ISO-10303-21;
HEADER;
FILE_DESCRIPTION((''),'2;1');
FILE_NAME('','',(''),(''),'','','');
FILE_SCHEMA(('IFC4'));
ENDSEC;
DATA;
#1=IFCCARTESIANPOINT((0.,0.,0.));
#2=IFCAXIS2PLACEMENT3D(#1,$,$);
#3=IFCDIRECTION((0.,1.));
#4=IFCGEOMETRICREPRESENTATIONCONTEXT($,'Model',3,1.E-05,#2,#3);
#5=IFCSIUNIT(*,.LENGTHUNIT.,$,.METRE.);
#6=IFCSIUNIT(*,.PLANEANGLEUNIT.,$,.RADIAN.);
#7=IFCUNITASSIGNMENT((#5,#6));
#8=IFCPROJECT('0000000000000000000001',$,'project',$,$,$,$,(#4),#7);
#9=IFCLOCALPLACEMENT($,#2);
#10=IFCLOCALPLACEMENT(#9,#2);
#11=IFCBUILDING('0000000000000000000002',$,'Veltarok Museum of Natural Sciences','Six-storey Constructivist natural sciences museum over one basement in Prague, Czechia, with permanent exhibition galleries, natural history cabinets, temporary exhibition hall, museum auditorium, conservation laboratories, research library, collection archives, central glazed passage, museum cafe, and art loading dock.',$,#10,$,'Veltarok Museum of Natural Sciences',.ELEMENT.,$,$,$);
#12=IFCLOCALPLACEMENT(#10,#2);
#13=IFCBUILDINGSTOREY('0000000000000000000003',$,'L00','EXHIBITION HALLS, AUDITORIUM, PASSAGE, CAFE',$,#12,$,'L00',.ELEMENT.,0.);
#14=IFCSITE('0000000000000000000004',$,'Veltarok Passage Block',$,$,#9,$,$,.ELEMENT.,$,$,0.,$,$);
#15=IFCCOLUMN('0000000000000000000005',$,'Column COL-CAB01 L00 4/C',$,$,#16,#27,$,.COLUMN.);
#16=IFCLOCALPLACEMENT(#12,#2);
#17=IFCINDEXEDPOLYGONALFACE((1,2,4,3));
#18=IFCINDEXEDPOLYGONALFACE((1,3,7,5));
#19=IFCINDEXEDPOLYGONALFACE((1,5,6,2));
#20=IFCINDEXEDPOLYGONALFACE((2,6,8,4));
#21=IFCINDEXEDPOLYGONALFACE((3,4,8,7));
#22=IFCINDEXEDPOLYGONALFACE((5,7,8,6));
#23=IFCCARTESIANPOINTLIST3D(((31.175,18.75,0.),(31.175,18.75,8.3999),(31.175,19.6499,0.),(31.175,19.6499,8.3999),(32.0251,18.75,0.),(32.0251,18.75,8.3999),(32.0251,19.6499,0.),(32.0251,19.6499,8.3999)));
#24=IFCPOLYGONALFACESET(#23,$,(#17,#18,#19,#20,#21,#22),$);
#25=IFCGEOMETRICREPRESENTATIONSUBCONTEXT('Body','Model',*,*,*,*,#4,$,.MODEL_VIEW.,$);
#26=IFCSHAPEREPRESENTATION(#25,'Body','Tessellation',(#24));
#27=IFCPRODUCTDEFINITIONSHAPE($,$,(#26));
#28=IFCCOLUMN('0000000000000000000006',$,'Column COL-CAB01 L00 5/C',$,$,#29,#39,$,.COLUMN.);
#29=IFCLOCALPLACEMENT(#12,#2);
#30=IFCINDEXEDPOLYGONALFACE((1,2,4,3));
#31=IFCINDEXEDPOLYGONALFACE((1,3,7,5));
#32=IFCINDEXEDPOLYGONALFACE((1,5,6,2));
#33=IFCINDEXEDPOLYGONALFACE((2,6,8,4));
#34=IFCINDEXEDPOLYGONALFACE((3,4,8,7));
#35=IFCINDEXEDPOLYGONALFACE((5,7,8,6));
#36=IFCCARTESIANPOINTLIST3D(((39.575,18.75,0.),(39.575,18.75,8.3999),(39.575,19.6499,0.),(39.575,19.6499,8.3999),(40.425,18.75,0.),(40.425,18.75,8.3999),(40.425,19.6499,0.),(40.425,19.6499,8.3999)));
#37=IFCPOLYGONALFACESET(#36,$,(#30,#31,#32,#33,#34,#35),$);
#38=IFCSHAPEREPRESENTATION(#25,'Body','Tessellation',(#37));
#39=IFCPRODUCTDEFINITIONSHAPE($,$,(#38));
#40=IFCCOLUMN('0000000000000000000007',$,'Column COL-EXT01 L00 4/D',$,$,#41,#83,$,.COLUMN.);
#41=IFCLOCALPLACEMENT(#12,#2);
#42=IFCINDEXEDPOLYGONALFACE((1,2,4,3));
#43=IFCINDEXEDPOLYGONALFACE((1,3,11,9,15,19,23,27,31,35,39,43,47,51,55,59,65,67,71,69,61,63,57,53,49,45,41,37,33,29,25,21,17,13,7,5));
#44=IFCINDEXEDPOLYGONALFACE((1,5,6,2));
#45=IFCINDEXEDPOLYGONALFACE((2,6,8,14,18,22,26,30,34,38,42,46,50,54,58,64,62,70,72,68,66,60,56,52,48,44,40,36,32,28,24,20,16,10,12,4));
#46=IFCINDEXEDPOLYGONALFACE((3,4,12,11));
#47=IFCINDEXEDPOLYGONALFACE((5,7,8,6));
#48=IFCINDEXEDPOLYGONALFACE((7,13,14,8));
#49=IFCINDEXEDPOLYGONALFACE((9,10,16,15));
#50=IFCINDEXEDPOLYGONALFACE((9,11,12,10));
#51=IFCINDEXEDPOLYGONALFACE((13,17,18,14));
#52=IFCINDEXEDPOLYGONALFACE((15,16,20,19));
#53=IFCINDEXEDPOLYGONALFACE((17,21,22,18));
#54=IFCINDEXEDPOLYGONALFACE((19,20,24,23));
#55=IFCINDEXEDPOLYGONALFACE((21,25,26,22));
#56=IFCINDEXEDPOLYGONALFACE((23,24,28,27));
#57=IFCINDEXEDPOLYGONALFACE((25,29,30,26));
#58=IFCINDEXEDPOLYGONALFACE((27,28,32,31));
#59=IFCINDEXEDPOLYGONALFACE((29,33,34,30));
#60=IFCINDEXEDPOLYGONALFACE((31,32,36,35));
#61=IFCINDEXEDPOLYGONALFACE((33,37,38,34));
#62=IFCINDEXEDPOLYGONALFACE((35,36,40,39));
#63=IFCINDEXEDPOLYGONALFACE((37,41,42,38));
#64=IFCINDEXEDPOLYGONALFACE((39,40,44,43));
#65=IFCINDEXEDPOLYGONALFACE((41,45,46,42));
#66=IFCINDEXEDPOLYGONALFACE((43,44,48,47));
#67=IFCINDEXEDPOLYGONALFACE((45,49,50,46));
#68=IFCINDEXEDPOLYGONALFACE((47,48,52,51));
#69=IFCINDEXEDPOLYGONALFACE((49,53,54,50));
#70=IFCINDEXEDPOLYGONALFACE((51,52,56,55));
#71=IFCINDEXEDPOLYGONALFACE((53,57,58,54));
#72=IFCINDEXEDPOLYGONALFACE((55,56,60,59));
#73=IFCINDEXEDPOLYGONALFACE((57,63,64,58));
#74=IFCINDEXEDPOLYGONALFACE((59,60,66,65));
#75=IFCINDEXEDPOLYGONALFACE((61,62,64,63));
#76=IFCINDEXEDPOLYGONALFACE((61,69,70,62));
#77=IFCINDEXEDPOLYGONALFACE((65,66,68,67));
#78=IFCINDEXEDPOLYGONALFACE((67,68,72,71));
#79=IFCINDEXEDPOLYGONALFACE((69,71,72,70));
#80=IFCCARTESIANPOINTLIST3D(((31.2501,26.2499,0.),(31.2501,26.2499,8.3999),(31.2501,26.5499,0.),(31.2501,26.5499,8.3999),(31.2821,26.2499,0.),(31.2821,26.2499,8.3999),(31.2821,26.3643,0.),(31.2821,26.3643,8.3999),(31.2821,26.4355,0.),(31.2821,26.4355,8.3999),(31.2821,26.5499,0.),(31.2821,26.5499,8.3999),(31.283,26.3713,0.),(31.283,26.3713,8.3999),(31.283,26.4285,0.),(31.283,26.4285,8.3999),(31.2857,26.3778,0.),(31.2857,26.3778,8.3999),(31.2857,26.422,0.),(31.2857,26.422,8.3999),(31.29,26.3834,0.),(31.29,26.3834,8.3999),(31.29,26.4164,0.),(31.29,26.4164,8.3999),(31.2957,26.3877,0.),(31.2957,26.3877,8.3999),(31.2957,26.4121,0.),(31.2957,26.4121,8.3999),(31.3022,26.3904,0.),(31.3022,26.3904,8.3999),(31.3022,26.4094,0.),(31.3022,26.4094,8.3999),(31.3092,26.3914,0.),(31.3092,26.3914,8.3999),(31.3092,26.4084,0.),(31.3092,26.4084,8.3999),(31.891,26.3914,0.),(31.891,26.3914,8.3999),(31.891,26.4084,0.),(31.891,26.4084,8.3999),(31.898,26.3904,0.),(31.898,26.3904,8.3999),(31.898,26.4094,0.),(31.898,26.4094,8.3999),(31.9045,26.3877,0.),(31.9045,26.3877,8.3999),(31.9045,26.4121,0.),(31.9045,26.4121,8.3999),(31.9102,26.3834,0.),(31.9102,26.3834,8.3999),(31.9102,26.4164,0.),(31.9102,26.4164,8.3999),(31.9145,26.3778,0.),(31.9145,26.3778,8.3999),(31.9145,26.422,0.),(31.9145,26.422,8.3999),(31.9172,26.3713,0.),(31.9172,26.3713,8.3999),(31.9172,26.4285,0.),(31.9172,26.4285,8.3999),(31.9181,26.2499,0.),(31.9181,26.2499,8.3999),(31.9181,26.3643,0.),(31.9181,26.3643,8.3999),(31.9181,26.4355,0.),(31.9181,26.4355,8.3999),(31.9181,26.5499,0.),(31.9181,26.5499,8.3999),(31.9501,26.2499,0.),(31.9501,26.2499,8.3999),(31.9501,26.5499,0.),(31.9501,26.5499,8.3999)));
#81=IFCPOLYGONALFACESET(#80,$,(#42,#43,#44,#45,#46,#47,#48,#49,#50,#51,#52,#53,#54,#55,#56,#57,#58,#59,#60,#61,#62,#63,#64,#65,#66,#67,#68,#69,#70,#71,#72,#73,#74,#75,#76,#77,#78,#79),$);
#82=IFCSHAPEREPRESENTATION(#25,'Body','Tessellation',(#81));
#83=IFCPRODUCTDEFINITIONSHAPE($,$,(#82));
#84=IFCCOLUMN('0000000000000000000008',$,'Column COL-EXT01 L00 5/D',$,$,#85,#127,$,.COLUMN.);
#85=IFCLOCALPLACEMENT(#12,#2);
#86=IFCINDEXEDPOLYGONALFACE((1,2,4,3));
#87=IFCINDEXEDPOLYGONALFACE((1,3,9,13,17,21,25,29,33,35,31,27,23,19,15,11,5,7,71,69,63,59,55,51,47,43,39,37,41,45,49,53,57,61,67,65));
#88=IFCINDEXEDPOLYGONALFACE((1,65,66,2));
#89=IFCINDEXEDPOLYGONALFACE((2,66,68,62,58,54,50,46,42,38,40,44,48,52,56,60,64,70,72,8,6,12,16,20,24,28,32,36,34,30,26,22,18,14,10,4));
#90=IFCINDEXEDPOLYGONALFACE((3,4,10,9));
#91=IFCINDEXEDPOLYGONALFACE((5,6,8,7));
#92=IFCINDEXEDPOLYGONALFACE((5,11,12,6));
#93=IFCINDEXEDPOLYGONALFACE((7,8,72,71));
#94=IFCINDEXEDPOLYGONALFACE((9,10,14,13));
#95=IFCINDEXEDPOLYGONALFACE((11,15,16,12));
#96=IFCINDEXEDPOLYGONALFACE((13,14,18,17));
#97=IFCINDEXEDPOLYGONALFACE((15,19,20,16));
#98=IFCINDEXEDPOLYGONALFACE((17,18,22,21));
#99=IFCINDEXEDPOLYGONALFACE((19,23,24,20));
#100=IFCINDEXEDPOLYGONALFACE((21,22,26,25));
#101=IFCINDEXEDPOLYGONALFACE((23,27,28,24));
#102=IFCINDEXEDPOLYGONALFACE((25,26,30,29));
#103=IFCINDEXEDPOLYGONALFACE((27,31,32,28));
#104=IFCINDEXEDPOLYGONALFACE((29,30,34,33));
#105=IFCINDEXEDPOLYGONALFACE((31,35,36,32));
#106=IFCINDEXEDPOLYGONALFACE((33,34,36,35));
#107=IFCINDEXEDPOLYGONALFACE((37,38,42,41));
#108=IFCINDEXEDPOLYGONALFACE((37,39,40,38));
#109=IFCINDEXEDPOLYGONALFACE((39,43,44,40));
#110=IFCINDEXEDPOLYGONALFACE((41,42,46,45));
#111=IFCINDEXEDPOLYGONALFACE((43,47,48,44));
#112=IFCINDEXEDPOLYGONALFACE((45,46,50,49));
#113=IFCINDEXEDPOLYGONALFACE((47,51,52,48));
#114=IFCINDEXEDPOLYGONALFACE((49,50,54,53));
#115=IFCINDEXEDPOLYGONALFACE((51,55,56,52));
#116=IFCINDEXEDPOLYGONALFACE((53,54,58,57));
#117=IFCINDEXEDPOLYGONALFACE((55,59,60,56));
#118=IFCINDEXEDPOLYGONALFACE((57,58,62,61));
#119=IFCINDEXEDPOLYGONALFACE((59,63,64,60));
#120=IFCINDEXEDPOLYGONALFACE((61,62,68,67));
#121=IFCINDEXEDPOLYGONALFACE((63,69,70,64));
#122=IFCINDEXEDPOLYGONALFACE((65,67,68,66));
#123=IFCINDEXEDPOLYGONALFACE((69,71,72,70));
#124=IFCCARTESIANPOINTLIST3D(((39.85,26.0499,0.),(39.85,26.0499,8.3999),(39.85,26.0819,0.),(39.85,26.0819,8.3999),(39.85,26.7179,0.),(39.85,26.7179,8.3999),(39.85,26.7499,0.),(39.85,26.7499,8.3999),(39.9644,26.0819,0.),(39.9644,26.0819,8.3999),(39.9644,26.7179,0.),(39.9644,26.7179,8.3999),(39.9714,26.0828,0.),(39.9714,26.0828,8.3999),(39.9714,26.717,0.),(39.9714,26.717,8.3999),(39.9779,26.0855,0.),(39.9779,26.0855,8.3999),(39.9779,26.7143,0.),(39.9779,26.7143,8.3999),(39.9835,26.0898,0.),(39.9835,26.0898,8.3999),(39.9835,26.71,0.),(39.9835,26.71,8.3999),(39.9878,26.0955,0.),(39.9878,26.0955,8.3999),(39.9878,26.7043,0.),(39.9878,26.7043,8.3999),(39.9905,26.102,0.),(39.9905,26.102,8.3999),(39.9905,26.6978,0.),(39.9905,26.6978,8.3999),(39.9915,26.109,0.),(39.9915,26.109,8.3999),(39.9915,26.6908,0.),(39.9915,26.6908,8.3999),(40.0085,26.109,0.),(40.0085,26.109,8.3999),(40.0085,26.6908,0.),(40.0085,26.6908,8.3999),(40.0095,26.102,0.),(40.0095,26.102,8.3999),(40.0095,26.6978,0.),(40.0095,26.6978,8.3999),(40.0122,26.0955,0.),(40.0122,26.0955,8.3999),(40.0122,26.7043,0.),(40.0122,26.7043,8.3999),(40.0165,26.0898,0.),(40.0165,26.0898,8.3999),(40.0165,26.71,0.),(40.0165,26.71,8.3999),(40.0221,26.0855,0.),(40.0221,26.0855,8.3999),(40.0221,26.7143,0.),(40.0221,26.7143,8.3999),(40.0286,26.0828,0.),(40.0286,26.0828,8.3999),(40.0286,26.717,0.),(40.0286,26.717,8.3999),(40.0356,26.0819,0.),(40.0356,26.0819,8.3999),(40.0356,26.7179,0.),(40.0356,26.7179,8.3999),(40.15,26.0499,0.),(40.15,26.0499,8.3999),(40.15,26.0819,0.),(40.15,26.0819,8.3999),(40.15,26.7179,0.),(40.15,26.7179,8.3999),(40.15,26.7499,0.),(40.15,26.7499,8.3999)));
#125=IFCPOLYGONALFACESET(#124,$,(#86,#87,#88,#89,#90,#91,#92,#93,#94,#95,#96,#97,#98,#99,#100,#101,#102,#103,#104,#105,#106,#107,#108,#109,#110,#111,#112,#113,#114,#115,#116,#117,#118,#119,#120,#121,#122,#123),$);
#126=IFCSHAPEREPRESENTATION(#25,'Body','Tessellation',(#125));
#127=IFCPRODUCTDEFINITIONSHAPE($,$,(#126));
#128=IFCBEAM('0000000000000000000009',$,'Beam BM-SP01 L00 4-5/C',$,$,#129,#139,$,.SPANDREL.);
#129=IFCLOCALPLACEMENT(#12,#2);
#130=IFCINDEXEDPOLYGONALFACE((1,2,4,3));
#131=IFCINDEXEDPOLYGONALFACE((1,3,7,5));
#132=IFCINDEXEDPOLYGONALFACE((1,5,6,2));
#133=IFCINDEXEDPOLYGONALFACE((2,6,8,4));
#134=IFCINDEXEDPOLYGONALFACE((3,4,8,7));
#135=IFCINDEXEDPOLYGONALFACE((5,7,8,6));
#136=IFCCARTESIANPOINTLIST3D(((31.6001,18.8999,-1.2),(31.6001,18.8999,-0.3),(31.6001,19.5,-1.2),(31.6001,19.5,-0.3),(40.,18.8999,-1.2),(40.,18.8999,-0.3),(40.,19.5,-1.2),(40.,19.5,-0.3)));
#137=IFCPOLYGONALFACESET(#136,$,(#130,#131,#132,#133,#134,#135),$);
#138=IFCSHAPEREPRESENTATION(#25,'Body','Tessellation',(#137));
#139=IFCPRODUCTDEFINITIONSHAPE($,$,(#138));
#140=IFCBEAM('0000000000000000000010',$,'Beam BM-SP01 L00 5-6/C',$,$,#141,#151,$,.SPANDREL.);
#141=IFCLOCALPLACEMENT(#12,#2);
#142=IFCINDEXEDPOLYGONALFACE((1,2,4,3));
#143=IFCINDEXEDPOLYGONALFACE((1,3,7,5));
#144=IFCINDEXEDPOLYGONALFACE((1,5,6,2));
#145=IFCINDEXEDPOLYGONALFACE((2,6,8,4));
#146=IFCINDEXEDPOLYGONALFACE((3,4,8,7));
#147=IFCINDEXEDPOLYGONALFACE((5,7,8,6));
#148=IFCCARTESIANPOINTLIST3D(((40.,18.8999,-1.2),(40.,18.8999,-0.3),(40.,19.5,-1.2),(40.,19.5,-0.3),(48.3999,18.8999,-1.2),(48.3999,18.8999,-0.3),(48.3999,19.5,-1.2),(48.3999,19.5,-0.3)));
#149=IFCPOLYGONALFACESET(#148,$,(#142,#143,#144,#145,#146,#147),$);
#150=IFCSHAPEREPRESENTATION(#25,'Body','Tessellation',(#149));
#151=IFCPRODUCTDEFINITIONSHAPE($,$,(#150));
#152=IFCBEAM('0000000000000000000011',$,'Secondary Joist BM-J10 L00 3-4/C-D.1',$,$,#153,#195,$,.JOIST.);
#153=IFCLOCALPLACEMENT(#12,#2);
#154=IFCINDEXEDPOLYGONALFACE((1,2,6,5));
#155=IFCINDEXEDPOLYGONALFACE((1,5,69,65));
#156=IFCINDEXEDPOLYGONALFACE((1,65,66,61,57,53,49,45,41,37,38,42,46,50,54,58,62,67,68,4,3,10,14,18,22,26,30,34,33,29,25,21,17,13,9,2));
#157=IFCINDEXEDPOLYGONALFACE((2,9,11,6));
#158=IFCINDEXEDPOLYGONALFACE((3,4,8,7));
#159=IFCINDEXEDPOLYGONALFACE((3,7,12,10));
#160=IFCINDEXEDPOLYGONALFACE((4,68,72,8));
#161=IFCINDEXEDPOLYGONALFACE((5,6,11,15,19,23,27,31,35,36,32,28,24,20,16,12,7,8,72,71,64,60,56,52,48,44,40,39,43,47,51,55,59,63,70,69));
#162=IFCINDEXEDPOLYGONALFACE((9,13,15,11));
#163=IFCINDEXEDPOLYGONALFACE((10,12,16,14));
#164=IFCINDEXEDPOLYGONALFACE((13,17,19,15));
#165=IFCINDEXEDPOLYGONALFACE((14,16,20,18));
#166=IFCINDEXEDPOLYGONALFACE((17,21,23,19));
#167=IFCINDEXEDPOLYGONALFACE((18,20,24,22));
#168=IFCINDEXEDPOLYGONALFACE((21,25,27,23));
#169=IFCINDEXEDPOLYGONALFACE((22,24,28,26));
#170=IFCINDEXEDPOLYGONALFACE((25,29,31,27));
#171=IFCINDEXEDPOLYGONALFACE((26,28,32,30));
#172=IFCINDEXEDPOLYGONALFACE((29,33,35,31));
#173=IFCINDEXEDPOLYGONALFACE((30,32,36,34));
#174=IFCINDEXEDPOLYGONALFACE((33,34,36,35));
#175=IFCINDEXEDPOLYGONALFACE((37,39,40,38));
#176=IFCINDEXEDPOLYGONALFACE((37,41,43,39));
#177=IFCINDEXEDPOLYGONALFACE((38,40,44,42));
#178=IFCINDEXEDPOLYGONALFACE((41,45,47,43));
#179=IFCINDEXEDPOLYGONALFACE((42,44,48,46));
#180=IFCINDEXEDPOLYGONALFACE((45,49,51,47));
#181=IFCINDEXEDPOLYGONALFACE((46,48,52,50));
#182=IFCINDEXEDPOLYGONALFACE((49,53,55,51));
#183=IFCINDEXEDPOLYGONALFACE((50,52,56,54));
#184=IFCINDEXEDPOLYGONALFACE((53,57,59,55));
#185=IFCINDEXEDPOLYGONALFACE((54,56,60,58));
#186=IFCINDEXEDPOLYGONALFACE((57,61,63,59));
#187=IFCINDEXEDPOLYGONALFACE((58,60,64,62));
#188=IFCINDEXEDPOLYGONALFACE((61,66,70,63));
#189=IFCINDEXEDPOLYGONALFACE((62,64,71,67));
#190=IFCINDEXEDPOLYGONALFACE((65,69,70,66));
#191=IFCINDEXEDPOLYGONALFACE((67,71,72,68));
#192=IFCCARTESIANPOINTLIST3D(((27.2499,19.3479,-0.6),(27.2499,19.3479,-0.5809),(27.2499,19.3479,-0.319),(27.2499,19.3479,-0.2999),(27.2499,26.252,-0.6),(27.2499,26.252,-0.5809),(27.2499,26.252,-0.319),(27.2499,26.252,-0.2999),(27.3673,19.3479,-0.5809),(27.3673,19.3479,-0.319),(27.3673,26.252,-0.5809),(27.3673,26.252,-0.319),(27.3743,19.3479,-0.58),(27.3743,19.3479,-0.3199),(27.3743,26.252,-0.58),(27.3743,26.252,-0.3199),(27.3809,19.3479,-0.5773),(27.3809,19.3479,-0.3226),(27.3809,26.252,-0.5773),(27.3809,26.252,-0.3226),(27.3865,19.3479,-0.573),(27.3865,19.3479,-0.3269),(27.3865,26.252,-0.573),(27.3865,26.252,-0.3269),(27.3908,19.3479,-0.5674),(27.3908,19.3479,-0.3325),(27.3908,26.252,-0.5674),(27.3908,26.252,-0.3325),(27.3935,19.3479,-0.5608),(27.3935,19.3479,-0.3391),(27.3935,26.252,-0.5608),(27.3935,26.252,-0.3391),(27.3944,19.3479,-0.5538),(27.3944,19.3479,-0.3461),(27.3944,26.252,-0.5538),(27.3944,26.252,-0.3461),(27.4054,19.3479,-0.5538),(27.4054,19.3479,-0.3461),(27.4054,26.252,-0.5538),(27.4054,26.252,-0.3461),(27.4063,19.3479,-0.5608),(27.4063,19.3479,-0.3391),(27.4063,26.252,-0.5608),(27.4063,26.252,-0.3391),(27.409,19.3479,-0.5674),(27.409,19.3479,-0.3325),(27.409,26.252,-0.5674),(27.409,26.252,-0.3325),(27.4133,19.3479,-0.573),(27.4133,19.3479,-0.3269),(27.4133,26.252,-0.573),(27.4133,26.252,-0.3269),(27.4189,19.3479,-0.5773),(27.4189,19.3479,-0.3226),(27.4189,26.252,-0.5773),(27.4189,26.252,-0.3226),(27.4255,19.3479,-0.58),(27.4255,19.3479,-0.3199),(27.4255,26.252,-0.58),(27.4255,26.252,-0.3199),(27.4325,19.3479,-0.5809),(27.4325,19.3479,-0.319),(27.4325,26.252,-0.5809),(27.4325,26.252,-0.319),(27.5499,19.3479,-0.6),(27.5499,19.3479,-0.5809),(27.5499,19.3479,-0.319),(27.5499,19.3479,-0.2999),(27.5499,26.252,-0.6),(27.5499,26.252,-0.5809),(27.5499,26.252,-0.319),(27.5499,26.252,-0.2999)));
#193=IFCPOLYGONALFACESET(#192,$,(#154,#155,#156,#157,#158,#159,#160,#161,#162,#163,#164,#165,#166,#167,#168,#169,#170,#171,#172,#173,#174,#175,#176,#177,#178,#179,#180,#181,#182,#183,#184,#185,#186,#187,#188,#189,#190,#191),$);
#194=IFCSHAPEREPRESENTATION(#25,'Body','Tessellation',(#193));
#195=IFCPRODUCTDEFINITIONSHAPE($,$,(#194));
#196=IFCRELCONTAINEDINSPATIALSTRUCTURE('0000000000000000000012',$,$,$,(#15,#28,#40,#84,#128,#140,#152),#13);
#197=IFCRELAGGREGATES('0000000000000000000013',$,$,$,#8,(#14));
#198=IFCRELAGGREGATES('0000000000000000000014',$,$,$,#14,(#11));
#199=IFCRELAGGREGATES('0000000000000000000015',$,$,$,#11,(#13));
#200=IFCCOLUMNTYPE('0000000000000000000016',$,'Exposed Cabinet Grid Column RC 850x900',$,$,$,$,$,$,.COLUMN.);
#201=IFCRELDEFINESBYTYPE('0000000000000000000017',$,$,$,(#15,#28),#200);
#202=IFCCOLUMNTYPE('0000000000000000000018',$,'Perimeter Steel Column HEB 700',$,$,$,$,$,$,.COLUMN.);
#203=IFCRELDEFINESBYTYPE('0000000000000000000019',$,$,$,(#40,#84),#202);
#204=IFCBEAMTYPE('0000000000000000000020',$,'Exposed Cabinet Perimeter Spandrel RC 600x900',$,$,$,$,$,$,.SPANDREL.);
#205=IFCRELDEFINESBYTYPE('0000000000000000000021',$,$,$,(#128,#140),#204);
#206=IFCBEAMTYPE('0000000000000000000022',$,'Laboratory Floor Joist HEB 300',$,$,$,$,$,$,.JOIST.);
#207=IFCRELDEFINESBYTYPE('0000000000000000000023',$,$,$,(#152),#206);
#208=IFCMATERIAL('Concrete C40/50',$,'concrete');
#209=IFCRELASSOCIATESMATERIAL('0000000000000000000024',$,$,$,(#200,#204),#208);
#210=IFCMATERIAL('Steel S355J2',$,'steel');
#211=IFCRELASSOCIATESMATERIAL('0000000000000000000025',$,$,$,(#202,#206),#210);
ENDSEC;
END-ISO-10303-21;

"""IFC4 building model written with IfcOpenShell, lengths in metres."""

from ifc_helpers import new_model, si_unit, direction, frame, origin, origin_2d, place, context, subcontext, project, spatial, rectangle, i_section, extrude, material, material_profile, profile_set, type_object, element, save


model = new_model("IFC4")

# Units and contexts
model_context = context("Model", 3, precision=1e-05, world=origin(), true_north=direction((0.0, 1.0)))
body_context = subcontext(model_context, "Body", "Model", "MODEL_VIEW")
ifc_project = project(units=[si_unit("LENGTHUNIT", "METRE"), si_unit("PLANEANGLEUNIT", "RADIAN")], contexts=[model_context])

# Site, building, storey
site_placement = place(None, origin())
site = spatial("IfcSite", under=ifc_project, at=site_placement, Name="Veltarok Passage Block", CompositionType="ELEMENT", RefElevation=0.0)
building_placement = place(site_placement, origin())
building = spatial("IfcBuilding", under=site, at=building_placement, Name="Veltarok Museum of Natural Sciences", Description="Six-storey Constructivist natural sciences museum over one basement in Prague, Czechia, with permanent exhibition galleries, natural history cabinets, temporary exhibition hall, museum auditorium, conservation laboratories, research library, collection archives, central glazed passage, museum cafe, and art loading dock.", LongName="Veltarok Museum of Natural Sciences", CompositionType="ELEMENT")
storey_placement = place(building_placement, origin())
storey = spatial("IfcBuildingStorey", under=building, at=storey_placement, Name="L00", Description="EXHIBITION HALLS, AUDITORIUM, PASSAGE, CAFE", LongName="L00", CompositionType="ELEMENT", Elevation=0.0)

# Columns
ifc_material_1 = material(Name="Concrete C40/50", Category="concrete")
ifc_material_profile_1 = material_profile(ifc_material_1, rectangle(XDim=0.8501, YDim=0.8999, at=origin_2d()), Name="RC 850x900")
ifc_profile_set_1 = profile_set([ifc_material_profile_1], Name="Concrete C40/50")
column_type_1 = type_object("IfcColumnType", Name="Exposed Cabinet Grid Column RC 850x900", PredefinedType="COLUMN", material=ifc_profile_set_1)
for number, where, z_axis, x_axis, name in (
    (1, (31.6001, 19.2, 0.0), (0.0, 0.0, 1.0), (1.0, 0.0, 0.0), "Column COL-CAB01 L00 4/C"),
    (2, (40.0, 19.2, 0.0), (0.0, 0.0, 1.0), (1.0, 0.0, 0.0), "Column COL-CAB01 L00 5/C"),
):
    element("IfcColumn", number, at=place(storey_placement, frame(where, z_axis=z_axis, x_axis=x_axis)), inside=storey, type_object=column_type_1, Name=name, PredefinedType="COLUMN", context=body_context, shape_type="SweptSolid", body=[
        extrude(rectangle(XDim=0.8501, YDim=0.8999, at=origin_2d()), origin(), (0.0, 0.0, 1.0), 8.3999),
    ])
ifc_material_2 = material(Name="Steel S355J2", Category="steel")
ifc_material_profile_2 = material_profile(ifc_material_2, i_section(OverallWidth=0.3, OverallDepth=0.7, WebThickness=0.0171, FlangeThickness=0.032, FilletRadius=0.0271, at=origin_2d()), Name="HEB 700")
ifc_profile_set_2 = profile_set([ifc_material_profile_2], Name="Steel S355J2")
column_type_2 = type_object("IfcColumnType", Name="Perimeter Steel Column HEB 700", PredefinedType="COLUMN", material=ifc_profile_set_2)
for number, where, z_axis, x_axis, name in (
    (3, (31.6001, 26.3999, 0.0), (0.0, 0.0, 1.0), (0.0, 1.0, 0.0), "Column COL-EXT01 L00 4/D"),
    (4, (40.0, 26.3999, 0.0), (0.0, 0.0, 1.0), (1.0, 0.0, 0.0), "Column COL-EXT01 L00 5/D"),
):
    element("IfcColumn", number, at=place(storey_placement, frame(where, z_axis=z_axis, x_axis=x_axis)), inside=storey, type_object=column_type_2, Name=name, PredefinedType="COLUMN", context=body_context, shape_type="SweptSolid", body=[
        extrude(i_section(OverallWidth=0.3, OverallDepth=0.7, WebThickness=0.0171, FlangeThickness=0.032, FilletRadius=0.0271, at=origin_2d()), origin(), (0.0, 0.0, 1.0), 8.3999),
    ])

# Beams
ifc_material_profile_3 = material_profile(ifc_material_1, rectangle(XDim=0.6001, YDim=0.8999, at=origin_2d()), Name="RC 600x900")
ifc_profile_set_3 = profile_set([ifc_material_profile_3], Name="Concrete C40/50")
beam_type_1 = type_object("IfcBeamType", Name="Exposed Cabinet Perimeter Spandrel RC 600x900", PredefinedType="SPANDREL", material=ifc_profile_set_3)
for number, where, z_axis, x_axis, name in (
    (5, (31.6001, 19.2, -0.75), (1.0, 0.0, 0.0), (0.0, 1.0, 0.0), "Beam BM-SP01 L00 4-5/C"),
    (6, (40.0, 19.2, -0.75), (1.0, 0.0, 0.0), (0.0, 1.0, 0.0), "Beam BM-SP01 L00 5-6/C"),
):
    element("IfcBeam", number, at=place(storey_placement, frame(where, z_axis=z_axis, x_axis=x_axis)), inside=storey, type_object=beam_type_1, Name=name, PredefinedType="SPANDREL", context=body_context, shape_type="SweptSolid", body=[
        extrude(rectangle(XDim=0.6001, YDim=0.8999, at=origin_2d()), origin(), (0.0, 0.0, 1.0), 8.3999),
    ])
ifc_material_profile_4 = material_profile(ifc_material_2, i_section(OverallWidth=0.3, OverallDepth=0.3, WebThickness=0.011, FlangeThickness=0.019, FilletRadius=0.0271, at=origin_2d()), Name="HEB 300")
ifc_profile_set_4 = profile_set([ifc_material_profile_4], Name="Steel S355J2")
beam_type_2 = type_object("IfcBeamType", Name="Laboratory Floor Joist HEB 300", PredefinedType="JOIST", material=ifc_profile_set_4)
beam_1_placement = place(storey_placement, frame((27.3999, 19.3479, -0.45), z_axis=(0.0, 1.0, 0.0), x_axis=(-1.0, 0.0, 0.0)))
element("IfcBeam", 7, at=beam_1_placement, inside=storey, type_object=beam_type_2, Name="Secondary Joist BM-J10 L00 3-4/C-D.1", PredefinedType="JOIST", context=body_context, shape_type="SweptSolid", body=[
    extrude(i_section(OverallWidth=0.3, OverallDepth=0.3, WebThickness=0.011, FlangeThickness=0.019, FilletRadius=0.0271, at=origin_2d()), origin(), (0.0, 0.0, 1.0), 6.9041),
])

save(model, "model.ifc")
